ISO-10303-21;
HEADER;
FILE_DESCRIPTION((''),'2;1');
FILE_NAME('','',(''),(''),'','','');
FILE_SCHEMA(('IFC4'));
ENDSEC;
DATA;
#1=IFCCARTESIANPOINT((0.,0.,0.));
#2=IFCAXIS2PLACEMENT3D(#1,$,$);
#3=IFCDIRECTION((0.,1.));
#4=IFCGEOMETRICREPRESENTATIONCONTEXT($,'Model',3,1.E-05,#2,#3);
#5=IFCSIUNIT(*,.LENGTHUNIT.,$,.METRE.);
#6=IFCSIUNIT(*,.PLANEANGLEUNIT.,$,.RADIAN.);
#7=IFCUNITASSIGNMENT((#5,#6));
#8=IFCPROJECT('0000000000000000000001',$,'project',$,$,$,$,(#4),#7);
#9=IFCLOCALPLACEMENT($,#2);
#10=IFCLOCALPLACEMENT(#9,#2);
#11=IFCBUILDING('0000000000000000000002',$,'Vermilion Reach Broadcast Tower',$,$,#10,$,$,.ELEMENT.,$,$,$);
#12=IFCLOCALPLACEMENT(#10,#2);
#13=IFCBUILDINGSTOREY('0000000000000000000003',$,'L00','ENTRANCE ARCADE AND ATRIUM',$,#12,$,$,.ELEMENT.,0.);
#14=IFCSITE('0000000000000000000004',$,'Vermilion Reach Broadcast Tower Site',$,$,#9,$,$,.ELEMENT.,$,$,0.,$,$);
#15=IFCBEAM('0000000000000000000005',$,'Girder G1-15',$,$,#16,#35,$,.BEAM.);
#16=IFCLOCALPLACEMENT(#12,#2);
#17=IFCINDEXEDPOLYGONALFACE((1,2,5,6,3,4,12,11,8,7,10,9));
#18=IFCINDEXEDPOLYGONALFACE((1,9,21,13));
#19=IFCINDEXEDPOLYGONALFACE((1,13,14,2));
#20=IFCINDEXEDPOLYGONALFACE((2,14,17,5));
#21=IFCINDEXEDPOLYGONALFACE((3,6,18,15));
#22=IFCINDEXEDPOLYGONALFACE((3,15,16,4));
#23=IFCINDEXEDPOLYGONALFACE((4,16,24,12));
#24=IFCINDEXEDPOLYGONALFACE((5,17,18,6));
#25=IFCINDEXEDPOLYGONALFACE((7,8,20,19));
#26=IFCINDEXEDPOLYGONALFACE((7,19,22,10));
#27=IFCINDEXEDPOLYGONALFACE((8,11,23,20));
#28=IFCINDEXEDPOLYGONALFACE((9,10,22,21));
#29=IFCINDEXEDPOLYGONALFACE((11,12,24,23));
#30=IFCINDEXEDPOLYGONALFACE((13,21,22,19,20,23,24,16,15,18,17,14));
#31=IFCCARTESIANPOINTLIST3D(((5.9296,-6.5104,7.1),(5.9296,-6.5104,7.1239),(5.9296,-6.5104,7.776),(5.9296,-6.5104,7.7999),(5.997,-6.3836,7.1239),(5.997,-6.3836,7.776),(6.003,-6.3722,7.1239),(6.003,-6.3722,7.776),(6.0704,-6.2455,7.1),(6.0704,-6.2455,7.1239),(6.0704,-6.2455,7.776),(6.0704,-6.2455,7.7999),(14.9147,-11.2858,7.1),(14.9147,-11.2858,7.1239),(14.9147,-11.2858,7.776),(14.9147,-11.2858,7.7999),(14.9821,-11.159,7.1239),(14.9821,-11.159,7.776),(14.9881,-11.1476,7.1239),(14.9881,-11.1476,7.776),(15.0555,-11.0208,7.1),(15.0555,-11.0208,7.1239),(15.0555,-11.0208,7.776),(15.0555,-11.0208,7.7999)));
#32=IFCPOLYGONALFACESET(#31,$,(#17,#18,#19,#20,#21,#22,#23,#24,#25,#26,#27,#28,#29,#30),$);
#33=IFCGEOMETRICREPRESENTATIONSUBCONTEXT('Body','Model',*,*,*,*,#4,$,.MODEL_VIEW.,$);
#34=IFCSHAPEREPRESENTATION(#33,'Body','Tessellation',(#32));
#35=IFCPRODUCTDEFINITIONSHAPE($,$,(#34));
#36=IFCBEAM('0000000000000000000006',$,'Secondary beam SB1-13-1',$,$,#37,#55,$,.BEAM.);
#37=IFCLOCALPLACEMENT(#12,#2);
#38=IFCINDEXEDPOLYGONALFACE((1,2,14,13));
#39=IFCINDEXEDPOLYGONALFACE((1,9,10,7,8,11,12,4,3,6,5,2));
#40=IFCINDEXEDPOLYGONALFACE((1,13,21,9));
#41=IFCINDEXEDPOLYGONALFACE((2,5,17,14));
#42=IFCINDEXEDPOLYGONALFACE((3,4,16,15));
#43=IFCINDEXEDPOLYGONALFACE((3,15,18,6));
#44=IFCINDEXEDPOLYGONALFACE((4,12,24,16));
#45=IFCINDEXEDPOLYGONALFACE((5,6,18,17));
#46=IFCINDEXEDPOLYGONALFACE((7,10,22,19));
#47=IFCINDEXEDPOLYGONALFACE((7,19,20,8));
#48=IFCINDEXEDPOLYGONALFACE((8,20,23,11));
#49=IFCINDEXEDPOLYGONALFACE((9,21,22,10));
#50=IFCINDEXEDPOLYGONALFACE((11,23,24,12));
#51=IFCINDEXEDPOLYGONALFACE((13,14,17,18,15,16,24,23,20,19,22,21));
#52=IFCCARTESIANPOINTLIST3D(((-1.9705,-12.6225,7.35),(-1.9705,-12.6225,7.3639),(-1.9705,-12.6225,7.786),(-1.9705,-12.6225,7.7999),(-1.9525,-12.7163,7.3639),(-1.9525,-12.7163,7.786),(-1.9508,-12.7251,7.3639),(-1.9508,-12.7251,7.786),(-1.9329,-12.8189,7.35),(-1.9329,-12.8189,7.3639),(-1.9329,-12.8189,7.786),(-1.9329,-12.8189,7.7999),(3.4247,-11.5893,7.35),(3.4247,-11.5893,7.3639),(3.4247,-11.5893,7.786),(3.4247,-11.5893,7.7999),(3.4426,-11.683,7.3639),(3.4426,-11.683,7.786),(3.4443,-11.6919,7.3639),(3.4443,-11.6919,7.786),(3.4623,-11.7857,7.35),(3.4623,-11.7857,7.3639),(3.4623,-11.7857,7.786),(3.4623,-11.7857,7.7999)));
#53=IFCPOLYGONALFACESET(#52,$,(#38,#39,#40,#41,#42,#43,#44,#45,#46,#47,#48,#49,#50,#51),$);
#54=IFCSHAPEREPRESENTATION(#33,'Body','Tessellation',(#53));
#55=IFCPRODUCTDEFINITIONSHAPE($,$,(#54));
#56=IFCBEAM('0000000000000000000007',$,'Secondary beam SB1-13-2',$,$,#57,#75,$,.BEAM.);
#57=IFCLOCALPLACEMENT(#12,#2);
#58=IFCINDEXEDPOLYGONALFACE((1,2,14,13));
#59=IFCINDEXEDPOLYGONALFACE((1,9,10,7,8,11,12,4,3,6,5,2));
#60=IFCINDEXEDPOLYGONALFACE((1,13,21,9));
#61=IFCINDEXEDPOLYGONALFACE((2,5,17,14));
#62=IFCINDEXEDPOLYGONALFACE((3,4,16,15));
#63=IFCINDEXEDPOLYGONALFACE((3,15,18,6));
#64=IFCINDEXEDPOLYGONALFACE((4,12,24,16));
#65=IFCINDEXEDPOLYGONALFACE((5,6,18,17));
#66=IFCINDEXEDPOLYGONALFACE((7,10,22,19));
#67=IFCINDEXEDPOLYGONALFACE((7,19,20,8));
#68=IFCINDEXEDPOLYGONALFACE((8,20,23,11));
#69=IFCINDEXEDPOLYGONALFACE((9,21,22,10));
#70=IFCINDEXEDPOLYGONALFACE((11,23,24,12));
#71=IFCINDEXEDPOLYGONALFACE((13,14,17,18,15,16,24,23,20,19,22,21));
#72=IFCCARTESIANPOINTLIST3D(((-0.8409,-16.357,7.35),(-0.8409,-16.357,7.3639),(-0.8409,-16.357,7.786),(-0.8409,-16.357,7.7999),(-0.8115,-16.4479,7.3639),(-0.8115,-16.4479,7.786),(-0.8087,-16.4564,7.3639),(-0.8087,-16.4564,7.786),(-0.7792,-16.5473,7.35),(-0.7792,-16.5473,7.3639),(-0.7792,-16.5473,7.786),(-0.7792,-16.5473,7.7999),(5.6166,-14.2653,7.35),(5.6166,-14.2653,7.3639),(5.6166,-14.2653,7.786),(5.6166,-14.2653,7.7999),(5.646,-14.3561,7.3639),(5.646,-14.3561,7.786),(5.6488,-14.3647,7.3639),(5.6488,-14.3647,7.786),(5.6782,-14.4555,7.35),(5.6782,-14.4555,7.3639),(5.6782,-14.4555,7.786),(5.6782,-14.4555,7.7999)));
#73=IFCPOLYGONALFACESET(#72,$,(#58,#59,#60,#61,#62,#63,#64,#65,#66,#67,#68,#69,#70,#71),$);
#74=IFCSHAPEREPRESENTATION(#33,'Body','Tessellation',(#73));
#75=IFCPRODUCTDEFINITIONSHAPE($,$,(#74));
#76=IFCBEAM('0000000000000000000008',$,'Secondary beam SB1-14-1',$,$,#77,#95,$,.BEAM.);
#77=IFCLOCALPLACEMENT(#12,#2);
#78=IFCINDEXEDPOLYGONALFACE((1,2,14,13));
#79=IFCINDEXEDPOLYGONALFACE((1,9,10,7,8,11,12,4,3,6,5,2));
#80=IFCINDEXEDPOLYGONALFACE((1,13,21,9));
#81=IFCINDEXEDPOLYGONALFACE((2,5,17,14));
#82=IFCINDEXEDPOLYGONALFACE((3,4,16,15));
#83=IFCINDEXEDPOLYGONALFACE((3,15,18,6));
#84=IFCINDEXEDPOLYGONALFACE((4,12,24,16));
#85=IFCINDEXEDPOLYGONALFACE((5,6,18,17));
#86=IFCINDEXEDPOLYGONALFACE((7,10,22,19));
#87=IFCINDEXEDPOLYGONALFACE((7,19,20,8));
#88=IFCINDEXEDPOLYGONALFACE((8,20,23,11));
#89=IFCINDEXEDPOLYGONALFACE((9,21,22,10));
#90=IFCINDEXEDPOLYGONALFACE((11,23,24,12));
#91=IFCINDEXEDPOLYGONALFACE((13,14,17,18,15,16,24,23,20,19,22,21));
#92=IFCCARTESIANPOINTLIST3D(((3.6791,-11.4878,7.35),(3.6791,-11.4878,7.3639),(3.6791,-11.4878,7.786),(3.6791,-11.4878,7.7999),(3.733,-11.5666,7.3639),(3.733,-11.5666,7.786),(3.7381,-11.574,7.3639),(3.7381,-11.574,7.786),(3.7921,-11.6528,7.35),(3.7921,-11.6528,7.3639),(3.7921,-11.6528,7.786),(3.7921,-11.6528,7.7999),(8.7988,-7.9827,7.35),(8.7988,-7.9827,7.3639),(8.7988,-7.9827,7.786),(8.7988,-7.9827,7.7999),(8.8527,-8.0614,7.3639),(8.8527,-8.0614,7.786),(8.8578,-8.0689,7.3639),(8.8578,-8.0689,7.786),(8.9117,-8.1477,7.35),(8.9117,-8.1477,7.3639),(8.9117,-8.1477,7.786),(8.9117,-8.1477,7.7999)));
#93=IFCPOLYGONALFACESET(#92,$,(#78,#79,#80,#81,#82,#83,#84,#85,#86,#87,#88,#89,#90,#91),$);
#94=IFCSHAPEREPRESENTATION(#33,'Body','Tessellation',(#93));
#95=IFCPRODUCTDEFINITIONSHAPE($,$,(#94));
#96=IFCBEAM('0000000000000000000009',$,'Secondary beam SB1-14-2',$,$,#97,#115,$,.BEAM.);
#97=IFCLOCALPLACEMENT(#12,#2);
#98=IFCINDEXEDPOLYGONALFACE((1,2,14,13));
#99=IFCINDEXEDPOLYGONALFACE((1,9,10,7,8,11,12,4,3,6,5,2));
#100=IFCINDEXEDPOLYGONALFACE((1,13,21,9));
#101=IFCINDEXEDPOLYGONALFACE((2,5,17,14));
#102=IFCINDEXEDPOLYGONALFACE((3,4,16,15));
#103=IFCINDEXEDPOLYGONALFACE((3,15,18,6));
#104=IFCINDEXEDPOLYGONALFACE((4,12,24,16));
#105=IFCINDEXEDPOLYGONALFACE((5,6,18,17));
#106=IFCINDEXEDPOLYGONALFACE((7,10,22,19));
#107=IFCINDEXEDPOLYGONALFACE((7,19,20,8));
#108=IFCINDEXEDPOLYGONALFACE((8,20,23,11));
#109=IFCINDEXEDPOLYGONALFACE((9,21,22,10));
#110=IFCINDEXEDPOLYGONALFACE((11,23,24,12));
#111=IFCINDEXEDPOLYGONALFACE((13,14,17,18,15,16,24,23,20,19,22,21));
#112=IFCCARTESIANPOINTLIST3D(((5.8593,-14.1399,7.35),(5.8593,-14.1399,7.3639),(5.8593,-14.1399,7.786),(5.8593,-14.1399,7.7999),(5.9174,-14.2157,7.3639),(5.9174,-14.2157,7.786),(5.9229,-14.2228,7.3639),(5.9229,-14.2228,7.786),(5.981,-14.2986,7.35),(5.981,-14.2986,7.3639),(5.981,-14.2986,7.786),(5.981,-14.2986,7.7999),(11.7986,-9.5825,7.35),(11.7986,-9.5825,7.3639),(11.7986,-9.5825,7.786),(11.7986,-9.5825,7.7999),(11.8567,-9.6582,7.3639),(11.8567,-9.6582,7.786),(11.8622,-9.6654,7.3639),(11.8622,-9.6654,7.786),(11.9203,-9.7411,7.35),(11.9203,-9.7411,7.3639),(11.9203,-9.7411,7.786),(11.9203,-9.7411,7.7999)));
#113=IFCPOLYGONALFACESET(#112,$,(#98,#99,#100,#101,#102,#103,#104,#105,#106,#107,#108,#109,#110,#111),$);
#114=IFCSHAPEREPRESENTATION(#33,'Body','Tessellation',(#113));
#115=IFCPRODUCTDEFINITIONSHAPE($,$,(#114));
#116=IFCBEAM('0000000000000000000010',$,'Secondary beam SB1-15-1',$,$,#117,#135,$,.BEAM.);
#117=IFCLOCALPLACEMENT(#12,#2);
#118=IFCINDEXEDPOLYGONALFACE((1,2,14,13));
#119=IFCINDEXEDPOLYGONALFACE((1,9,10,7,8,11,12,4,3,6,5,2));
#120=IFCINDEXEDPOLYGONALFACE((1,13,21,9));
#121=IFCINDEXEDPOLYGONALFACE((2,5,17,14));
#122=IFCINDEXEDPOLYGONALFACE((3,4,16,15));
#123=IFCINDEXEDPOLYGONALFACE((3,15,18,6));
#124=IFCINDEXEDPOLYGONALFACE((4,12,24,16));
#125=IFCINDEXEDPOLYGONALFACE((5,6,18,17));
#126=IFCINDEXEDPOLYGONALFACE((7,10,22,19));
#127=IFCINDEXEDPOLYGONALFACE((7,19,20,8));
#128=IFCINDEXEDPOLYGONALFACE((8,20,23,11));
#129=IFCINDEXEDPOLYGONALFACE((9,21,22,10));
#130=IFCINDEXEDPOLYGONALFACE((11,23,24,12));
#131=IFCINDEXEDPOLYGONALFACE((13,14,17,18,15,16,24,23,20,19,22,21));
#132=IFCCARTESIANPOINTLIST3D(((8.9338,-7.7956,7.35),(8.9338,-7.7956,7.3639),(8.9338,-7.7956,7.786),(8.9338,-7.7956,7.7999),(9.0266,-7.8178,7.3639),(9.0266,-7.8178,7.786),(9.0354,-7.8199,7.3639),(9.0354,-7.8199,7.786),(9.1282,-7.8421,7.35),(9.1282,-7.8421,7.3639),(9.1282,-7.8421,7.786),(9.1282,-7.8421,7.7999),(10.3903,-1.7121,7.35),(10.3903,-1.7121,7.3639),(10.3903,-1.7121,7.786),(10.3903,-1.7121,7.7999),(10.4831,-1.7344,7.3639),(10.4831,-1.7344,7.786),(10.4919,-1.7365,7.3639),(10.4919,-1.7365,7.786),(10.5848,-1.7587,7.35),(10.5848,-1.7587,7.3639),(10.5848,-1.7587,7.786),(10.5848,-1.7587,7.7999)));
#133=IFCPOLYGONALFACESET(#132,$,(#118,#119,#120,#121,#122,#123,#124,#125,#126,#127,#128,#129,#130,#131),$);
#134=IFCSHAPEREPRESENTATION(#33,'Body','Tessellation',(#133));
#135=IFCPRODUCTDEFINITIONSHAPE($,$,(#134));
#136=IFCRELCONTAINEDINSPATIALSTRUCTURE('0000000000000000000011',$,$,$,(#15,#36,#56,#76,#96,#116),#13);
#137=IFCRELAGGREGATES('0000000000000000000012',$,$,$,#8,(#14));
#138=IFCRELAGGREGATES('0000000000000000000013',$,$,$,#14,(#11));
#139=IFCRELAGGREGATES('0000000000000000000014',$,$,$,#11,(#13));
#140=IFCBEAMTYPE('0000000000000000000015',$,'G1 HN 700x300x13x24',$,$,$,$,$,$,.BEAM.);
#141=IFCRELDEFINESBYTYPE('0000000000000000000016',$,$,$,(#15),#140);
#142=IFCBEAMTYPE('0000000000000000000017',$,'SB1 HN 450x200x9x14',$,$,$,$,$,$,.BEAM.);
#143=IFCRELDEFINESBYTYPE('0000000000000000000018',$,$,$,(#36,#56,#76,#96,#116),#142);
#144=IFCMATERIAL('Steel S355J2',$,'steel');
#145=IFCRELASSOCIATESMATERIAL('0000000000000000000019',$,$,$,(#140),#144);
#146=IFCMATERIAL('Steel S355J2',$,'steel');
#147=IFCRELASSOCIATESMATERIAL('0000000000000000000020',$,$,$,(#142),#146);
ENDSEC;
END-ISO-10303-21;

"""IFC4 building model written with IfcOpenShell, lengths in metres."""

from ifc_helpers import new_model, si_unit, direction, frame, origin, origin_2d, place, context, subcontext, project, spatial, i_section, extrude, material, material_profile, profile_set, type_object, element, save


model = new_model("IFC4")

# Units and contexts
model_context = context("Model", 3, precision=1e-05, world=origin(), true_north=direction((0.0, 1.0)))
body_context = subcontext(model_context, "Body", "Model", "MODEL_VIEW")
ifc_project = project(units=[si_unit("LENGTHUNIT", "METRE"), si_unit("PLANEANGLEUNIT", "RADIAN")], contexts=[model_context])

# Site, building, storey
site_placement = place(None, origin())
site = spatial("IfcSite", under=ifc_project, at=site_placement, Name="Vermilion Reach Broadcast Tower Site", CompositionType="ELEMENT", RefElevation=0.0)
building_placement = place(site_placement, origin())
building = spatial("IfcBuilding", under=site, at=building_placement, Name="Vermilion Reach Broadcast Tower", CompositionType="ELEMENT")
storey_placement = place(building_placement, origin())
storey = spatial("IfcBuildingStorey", under=building, at=storey_placement, Name="L00", Description="ENTRANCE ARCADE AND ATRIUM", CompositionType="ELEMENT", Elevation=0.0)

# Beams
ifc_material_1 = material(Name="Steel S355J2", Category="steel")
ifc_material_profile_1 = material_profile(ifc_material_1, i_section(OverallWidth=0.3, OverallDepth=0.7, WebThickness=0.0129, FlangeThickness=0.0239, at=origin_2d()), Name="S355J2 HN 700x300x13x24")
ifc_profile_set_1 = profile_set([ifc_material_profile_1], Name="Steel S355J2")
beam_type_1 = type_object("IfcBeamType", Name="G1 HN 700x300x13x24", PredefinedType="BEAM", material=ifc_profile_set_1)
beam_1_placement = place(storey_placement, frame((6.0, -6.3779, 7.45), z_axis=(0.883032, -0.469313, 0.0), x_axis=(0.469313, 0.883032, 0.0)))
element("IfcBeam", 1, at=beam_1_placement, inside=storey, type_object=beam_type_1, Name="Girder G1-15", PredefinedType="BEAM", context=body_context, shape_type="SweptSolid", body=[
    extrude(i_section(OverallWidth=0.3, OverallDepth=0.7, WebThickness=0.0129, FlangeThickness=0.0239, at=origin_2d()), origin(), (0.0, 0.0, 1.0), 10.1753),
])
ifc_material_2 = material(Name="Steel S355J2", Category="steel")
ifc_material_profile_2 = material_profile(ifc_material_2, i_section(OverallWidth=0.2, OverallDepth=0.45, WebThickness=0.009, FlangeThickness=0.0139, at=origin_2d()), Name="S355J2 HN 450x200x9x14")
ifc_profile_set_2 = profile_set([ifc_material_profile_2], Name="Steel S355J2")
beam_type_2 = type_object("IfcBeamType", Name="SB1 HN 450x200x9x14", PredefinedType="BEAM", material=ifc_profile_set_2)
beam_2_placement = place(storey_placement, frame((-1.9517, -12.7207, 7.575), z_axis=(0.982151, 0.188092, 0.0), x_axis=(-0.188092, 0.982151, 0.0)))
element("IfcBeam", 2, at=beam_2_placement, inside=storey, type_object=beam_type_2, Name="Secondary beam SB1-13-1", PredefinedType="BEAM", context=body_context, shape_type="SweptSolid", body=[
    extrude(i_section(OverallWidth=0.2, OverallDepth=0.45, WebThickness=0.009, FlangeThickness=0.0139, at=origin_2d()), origin(), (0.0, 0.0, 1.0), 5.4932),
])
beam_3_placement = place(storey_placement, frame((-0.8101, -16.4521, 7.575), z_axis=(0.951332, 0.308167, 0.0), x_axis=(-0.308167, 0.951332, 0.0)))
element("IfcBeam", 3, at=beam_3_placement, inside=storey, type_object=beam_type_2, Name="Secondary beam SB1-13-2", PredefinedType="BEAM", context=body_context, shape_type="SweptSolid", body=[
    extrude(i_section(OverallWidth=0.2, OverallDepth=0.45, WebThickness=0.009, FlangeThickness=0.0139, at=origin_2d()), origin(), (0.0, 0.0, 1.0), 6.7878),
])
beam_4_placement = place(storey_placement, frame((3.7356, -11.5703, 7.575), z_axis=(0.82514, 0.564928, 0.0), x_axis=(-0.564928, 0.82514, 0.0)))
element("IfcBeam", 4, at=beam_4_placement, inside=storey, type_object=beam_type_2, Name="Secondary beam SB1-14-1", PredefinedType="BEAM", context=body_context, shape_type="SweptSolid", body=[
    extrude(i_section(OverallWidth=0.2, OverallDepth=0.45, WebThickness=0.009, FlangeThickness=0.0139, at=origin_2d()), origin(), (0.0, 0.0, 1.0), 6.2046),
])
beam_5_placement = place(storey_placement, frame((5.9202, -14.2192, 7.575), z_axis=(0.79335, 0.608766, 0.0), x_axis=(-0.608766, 0.79335, 0.0)))
element("IfcBeam", 5, at=beam_5_placement, inside=storey, type_object=beam_type_2, Name="Secondary beam SB1-14-2", PredefinedType="BEAM", context=body_context, shape_type="SweptSolid", body=[
    extrude(i_section(OverallWidth=0.2, OverallDepth=0.45, WebThickness=0.009, FlangeThickness=0.0139, at=origin_2d()), origin(), (0.0, 0.0, 1.0), 7.4863),
])
beam_6_placement = place(storey_placement, frame((9.031, -7.8188, 7.575), z_axis=(0.232844, 0.972514, 0.0), x_axis=(-0.972514, 0.232844, 0.0)))
element("IfcBeam", 6, at=beam_6_placement, inside=storey, type_object=beam_type_2, Name="Secondary beam SB1-15-1", PredefinedType="BEAM", context=body_context, shape_type="SweptSolid", body=[
    extrude(i_section(OverallWidth=0.2, OverallDepth=0.45, WebThickness=0.009, FlangeThickness=0.0139, at=origin_2d()), origin(), (0.0, 0.0, 1.0), 6.2554),
])

save(model, "model.ifc")
